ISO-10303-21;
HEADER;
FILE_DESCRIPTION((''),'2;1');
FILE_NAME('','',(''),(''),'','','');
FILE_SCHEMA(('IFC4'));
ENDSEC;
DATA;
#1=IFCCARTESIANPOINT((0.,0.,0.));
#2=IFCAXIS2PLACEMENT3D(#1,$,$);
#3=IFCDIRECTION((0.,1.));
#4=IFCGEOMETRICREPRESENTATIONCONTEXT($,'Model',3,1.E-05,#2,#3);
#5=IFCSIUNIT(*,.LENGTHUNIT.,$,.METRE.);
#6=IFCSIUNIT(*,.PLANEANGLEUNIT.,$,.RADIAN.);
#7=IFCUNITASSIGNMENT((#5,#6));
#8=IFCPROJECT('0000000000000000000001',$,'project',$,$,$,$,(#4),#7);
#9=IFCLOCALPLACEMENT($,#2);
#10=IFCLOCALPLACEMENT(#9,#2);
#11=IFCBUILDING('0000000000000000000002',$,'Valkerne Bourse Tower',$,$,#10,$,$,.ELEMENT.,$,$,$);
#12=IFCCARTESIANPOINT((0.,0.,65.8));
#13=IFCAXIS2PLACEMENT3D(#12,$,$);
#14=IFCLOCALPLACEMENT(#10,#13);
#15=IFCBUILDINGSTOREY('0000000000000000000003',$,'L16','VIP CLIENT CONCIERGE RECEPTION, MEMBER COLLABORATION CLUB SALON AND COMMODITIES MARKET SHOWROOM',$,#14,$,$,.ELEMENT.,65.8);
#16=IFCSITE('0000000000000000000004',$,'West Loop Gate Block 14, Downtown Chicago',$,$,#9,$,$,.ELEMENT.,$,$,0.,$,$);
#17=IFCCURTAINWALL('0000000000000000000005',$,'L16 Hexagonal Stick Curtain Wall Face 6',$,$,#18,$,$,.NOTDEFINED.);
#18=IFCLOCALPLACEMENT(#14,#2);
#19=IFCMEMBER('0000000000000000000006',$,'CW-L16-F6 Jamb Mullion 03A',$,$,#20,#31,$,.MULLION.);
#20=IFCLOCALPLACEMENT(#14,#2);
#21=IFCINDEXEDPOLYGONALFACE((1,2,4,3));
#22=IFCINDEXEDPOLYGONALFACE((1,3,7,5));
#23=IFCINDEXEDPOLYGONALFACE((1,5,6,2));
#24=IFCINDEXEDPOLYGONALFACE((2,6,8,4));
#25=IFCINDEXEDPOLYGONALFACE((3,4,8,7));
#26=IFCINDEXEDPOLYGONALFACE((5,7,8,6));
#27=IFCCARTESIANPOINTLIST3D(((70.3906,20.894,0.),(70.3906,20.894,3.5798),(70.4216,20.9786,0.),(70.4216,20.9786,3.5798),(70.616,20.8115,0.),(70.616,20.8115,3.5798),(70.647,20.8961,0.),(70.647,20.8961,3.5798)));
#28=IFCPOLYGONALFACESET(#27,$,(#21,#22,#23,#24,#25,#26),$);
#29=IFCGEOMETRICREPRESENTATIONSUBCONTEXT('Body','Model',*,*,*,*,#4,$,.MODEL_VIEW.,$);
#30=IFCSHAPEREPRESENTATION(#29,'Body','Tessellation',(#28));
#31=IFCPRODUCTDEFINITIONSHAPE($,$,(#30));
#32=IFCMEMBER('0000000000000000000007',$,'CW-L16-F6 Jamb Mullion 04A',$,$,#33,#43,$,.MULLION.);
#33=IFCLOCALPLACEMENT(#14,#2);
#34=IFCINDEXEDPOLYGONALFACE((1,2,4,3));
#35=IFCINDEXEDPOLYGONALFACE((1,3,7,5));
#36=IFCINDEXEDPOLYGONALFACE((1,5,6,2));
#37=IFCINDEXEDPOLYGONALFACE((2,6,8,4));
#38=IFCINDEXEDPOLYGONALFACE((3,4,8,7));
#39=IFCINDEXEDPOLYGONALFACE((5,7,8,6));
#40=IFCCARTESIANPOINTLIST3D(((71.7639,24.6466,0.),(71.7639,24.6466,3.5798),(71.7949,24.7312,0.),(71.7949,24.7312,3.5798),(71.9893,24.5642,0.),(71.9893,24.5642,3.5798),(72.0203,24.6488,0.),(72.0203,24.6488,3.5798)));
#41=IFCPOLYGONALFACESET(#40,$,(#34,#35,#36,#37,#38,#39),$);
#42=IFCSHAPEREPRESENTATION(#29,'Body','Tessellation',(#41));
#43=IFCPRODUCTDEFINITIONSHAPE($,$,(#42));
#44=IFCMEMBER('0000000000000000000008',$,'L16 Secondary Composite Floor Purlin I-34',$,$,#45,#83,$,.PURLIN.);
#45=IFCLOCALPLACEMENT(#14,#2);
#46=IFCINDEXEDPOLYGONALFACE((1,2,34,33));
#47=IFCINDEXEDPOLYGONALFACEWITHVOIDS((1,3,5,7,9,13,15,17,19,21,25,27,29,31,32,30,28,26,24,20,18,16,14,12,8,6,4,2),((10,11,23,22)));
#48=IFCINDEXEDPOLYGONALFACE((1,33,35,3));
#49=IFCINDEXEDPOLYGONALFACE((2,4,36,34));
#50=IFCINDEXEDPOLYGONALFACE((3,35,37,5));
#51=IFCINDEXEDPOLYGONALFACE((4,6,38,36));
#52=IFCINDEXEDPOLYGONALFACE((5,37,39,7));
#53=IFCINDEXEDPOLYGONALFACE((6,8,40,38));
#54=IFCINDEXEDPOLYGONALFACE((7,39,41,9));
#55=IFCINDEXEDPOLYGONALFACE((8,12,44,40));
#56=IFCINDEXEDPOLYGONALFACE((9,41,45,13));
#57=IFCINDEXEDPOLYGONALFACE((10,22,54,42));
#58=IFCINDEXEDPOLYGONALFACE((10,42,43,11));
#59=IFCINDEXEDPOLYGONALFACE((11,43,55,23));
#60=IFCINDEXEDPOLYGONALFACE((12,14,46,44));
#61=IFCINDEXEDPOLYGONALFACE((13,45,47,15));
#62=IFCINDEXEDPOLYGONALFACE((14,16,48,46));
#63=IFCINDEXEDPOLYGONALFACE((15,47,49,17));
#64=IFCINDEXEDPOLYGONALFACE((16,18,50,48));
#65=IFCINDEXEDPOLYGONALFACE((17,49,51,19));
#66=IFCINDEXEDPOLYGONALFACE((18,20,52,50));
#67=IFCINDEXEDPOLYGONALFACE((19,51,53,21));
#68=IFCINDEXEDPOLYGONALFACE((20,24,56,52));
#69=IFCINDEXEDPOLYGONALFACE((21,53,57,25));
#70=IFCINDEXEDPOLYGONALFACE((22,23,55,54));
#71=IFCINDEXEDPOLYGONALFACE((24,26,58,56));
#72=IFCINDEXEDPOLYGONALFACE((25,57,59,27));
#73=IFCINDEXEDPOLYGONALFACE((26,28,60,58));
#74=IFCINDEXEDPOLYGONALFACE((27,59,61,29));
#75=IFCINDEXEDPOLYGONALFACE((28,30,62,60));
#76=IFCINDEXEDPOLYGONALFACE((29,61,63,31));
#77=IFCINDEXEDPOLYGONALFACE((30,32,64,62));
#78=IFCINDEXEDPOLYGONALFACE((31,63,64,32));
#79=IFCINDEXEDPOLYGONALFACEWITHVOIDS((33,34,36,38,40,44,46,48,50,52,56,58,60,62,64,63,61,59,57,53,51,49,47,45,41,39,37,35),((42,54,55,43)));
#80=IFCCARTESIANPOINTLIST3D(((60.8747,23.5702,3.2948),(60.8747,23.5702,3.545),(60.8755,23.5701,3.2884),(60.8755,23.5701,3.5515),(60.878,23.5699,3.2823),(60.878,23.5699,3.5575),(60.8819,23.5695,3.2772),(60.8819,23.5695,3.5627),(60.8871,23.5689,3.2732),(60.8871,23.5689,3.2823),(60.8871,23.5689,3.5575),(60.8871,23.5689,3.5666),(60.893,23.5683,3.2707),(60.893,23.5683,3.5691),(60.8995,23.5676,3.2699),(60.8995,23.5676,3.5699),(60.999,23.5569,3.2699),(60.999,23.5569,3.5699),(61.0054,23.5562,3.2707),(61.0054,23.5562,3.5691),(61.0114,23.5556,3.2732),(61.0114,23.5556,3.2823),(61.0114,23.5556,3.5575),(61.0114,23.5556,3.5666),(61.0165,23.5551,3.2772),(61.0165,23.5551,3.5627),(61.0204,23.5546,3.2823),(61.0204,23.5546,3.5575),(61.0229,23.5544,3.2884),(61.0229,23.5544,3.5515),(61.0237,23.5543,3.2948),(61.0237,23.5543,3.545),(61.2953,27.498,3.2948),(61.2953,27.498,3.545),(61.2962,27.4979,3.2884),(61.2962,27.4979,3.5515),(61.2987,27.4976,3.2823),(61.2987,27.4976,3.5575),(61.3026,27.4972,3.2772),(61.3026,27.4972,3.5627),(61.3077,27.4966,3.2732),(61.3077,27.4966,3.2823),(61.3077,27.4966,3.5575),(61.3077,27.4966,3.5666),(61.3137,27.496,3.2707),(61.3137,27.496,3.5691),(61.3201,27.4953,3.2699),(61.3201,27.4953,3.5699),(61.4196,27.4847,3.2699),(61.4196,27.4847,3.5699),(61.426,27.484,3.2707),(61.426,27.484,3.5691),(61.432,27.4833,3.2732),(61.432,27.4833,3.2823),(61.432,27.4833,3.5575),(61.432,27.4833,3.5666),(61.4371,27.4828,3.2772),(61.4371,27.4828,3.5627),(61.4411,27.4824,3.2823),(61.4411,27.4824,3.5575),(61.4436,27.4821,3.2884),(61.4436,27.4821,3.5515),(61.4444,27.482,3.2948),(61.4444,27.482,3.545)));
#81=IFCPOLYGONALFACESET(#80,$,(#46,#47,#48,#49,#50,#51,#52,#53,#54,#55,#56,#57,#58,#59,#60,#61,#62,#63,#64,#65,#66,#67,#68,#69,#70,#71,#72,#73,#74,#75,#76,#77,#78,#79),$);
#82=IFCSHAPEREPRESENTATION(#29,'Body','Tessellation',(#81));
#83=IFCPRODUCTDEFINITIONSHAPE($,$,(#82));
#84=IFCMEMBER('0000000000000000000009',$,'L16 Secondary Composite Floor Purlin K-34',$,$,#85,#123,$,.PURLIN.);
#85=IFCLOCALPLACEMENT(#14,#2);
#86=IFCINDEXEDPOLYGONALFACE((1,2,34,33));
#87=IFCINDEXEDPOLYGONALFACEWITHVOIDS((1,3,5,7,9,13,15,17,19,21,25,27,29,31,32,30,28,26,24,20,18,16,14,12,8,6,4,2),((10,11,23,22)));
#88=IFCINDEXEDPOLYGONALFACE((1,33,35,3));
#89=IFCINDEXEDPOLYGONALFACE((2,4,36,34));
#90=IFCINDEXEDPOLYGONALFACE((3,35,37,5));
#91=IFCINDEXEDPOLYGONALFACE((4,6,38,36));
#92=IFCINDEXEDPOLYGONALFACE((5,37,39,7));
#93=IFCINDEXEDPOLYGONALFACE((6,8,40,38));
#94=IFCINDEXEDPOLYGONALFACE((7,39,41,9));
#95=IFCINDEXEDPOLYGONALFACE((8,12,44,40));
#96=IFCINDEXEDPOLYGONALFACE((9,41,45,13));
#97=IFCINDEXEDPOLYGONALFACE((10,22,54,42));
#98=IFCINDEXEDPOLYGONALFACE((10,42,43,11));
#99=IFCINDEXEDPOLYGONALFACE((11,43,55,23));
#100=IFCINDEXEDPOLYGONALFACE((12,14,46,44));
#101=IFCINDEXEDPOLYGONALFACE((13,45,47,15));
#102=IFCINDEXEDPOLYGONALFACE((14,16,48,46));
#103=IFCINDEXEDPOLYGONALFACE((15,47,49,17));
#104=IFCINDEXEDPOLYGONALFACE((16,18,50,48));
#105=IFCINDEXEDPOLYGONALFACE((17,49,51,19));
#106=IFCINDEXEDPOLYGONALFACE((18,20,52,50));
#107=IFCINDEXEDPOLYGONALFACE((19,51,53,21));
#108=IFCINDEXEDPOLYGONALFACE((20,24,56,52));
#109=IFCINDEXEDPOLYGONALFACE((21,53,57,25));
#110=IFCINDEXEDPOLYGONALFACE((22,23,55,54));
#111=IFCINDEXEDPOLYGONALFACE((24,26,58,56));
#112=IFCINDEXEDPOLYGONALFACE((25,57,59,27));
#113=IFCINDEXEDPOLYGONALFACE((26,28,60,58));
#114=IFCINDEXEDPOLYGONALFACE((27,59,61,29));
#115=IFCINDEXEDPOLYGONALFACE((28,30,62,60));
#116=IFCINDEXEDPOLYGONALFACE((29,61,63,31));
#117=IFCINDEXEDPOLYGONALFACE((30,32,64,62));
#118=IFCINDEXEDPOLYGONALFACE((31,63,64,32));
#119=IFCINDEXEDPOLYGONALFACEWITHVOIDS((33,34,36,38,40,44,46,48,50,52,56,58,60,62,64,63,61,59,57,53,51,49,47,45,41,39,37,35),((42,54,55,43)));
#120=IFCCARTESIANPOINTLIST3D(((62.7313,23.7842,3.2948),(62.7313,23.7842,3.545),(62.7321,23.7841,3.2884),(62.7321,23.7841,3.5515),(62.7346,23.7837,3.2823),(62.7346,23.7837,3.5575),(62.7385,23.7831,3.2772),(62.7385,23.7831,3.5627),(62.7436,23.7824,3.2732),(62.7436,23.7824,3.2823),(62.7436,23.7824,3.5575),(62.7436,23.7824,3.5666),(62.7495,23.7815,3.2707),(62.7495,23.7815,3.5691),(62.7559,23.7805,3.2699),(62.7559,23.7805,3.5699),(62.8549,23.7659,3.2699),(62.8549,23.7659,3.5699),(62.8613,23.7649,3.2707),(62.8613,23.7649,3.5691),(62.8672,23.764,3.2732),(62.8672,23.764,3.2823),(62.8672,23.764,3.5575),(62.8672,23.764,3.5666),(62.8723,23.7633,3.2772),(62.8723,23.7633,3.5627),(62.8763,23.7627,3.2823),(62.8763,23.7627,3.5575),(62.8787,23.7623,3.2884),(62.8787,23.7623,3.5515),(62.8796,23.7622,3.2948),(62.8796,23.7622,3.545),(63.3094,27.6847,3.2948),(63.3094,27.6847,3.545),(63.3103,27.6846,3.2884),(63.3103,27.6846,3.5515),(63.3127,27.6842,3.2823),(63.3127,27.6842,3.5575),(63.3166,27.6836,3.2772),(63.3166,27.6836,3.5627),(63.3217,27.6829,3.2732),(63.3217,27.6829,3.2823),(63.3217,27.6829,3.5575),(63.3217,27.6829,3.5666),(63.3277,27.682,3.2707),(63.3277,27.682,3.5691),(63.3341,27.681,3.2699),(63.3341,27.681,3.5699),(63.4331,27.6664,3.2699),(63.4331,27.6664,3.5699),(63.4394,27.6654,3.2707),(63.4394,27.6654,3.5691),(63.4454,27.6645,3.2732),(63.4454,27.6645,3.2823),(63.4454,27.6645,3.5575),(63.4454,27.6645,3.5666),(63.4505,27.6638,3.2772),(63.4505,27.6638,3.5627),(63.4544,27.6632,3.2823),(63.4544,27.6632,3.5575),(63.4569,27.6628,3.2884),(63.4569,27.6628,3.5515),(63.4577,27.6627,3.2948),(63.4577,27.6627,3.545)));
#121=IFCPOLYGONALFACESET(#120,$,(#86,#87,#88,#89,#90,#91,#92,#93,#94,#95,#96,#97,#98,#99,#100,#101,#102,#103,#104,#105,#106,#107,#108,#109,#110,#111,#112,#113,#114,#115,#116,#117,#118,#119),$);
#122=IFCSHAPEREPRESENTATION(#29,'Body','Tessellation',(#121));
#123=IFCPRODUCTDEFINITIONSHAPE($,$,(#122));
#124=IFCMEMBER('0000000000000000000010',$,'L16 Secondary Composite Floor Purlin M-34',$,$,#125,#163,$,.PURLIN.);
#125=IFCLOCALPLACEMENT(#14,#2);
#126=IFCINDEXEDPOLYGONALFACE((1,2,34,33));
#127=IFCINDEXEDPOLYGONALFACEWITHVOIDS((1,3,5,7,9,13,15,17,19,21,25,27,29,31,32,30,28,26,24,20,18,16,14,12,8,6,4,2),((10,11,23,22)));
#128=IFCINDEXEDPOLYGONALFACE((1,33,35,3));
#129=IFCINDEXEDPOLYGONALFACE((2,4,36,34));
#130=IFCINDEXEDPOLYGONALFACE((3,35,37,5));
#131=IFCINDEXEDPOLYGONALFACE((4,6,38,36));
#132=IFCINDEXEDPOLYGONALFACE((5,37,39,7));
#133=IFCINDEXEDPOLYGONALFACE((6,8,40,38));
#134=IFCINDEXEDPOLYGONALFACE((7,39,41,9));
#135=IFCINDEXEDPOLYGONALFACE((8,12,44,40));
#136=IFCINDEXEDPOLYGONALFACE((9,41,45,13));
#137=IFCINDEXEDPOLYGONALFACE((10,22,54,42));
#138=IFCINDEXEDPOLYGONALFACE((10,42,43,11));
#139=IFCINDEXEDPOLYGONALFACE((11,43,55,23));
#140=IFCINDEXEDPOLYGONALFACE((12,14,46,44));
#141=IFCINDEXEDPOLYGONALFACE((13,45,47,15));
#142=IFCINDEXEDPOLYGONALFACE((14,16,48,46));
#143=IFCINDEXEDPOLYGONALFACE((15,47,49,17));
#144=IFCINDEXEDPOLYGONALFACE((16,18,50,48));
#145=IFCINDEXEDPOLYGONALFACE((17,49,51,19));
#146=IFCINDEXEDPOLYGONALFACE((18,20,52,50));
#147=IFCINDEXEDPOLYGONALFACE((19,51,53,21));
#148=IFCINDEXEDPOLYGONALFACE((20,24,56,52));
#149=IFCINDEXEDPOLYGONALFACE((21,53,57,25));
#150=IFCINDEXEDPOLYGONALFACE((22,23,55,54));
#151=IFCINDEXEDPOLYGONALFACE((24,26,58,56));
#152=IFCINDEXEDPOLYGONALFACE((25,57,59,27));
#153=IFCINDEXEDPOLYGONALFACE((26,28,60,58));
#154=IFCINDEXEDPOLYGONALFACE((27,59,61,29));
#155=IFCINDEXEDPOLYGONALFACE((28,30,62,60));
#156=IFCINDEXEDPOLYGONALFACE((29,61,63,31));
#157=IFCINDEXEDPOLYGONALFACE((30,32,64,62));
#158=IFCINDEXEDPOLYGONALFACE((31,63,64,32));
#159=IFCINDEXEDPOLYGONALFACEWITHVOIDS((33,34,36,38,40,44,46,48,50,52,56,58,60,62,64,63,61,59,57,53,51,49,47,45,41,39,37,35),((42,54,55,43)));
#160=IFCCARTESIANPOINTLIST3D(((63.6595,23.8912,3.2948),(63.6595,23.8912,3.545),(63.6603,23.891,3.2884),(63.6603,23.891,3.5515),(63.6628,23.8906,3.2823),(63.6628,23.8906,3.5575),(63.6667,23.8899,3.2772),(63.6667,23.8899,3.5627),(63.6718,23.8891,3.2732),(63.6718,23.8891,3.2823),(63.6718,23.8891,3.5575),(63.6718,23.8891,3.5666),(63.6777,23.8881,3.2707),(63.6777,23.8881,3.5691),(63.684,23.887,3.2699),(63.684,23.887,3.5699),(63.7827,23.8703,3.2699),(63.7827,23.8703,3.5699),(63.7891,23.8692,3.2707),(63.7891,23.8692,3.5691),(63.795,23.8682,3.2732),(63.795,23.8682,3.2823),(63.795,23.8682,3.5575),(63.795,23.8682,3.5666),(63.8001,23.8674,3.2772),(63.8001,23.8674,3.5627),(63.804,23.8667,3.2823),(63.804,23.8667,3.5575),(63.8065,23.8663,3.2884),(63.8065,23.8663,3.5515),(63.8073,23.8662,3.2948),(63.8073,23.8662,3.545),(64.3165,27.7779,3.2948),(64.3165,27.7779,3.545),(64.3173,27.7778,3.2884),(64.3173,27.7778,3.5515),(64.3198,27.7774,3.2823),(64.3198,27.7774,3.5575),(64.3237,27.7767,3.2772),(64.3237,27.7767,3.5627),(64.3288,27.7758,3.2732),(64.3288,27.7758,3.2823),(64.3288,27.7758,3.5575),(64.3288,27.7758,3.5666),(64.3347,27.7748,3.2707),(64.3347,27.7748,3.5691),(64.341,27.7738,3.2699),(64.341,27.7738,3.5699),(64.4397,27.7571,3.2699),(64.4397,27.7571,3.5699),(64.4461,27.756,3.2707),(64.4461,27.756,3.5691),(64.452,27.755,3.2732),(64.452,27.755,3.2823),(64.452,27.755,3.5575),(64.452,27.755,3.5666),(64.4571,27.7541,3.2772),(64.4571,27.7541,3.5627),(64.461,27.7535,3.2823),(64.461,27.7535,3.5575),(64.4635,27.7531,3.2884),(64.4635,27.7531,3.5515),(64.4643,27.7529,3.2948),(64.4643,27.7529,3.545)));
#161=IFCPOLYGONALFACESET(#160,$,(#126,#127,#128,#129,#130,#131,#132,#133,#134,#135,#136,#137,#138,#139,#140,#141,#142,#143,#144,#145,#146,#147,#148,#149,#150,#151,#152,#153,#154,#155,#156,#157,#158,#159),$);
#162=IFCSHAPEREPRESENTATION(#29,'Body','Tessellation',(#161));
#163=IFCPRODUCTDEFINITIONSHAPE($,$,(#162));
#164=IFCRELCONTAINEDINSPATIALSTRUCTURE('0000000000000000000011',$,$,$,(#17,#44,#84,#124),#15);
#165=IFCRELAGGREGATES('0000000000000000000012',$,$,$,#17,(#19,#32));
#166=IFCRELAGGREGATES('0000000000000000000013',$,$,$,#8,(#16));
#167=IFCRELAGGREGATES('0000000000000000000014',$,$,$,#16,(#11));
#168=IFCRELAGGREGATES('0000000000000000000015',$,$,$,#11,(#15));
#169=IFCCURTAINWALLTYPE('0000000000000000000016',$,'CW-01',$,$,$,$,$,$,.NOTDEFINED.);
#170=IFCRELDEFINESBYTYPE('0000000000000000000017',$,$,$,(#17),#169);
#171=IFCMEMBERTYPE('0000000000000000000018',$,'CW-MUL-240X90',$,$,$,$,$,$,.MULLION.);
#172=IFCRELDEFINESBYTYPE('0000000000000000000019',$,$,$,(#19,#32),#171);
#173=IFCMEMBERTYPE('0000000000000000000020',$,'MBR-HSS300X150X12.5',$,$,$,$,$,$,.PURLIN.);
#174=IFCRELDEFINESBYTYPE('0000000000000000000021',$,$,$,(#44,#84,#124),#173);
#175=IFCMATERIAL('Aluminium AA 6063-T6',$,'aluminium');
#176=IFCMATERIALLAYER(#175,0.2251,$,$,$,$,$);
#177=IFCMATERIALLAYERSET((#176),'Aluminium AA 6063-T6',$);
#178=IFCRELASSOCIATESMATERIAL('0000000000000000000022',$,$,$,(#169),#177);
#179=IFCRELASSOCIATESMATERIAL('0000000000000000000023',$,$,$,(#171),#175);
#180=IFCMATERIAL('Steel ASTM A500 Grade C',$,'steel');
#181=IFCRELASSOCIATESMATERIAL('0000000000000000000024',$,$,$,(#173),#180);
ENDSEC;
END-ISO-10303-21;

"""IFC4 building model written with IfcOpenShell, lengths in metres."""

from ifc_helpers import new_model, si_unit, direction, frame, origin, origin_2d, place, context, subcontext, project, spatial, rectangle, hollow_rectangle, extrude, material, layer, layer_set, material_profile, profile_set, type_object, element, aggregate, save


model = new_model("IFC4")

# Units and contexts
model_context = context("Model", 3, precision=1e-05, world=origin(), true_north=direction((0.0, 1.0)))
body_context = subcontext(model_context, "Body", "Model", "MODEL_VIEW")
ifc_project = project(units=[si_unit("LENGTHUNIT", "METRE"), si_unit("PLANEANGLEUNIT", "RADIAN")], contexts=[model_context])

# Site, building, storey
site_placement = place(None, origin())
site = spatial("IfcSite", under=ifc_project, at=site_placement, Name="West Loop Gate Block 14, Downtown Chicago", CompositionType="ELEMENT", RefElevation=0.0)
building_placement = place(site_placement, origin())
building = spatial("IfcBuilding", under=site, at=building_placement, Name="Valkerne Bourse Tower", CompositionType="ELEMENT")
storey_placement = place(building_placement, frame((0.0, 0.0, 65.8)))
storey = spatial("IfcBuildingStorey", under=building, at=storey_placement, Name="L16", Description="VIP CLIENT CONCIERGE RECEPTION, MEMBER COLLABORATION CLUB SALON AND COMMODITIES MARKET SHOWROOM", CompositionType="ELEMENT", Elevation=65.8)

# Curtain wall, members
ifc_material_1 = material(Name="Aluminium AA 6063-T6", Category="aluminium")
ifc_layer_1 = layer(ifc_material_1, 0.2251)
ifc_layer_set_1 = layer_set([ifc_layer_1], Name="Aluminium AA 6063-T6")
curtain_wall_type = type_object("IfcCurtainWallType", Name="CW-01", PredefinedType="NOTDEFINED", material=ifc_layer_set_1)
curtain_wall_placement = place(storey_placement, origin())
curtain_wall = element("IfcCurtainWall", 1, at=curtain_wall_placement, inside=storey, type_object=curtain_wall_type, Name="L16 Hexagonal Stick Curtain Wall Face 6", PredefinedType="NOTDEFINED")
ifc_material_profile_1 = material_profile(ifc_material_1, rectangle(XDim=0.0901, YDim=0.24, at=origin_2d()), Name="CWM-90X240")
ifc_profile_set_1 = profile_set([ifc_material_profile_1], Name="Aluminium AA 6063-T6")
member_type_1 = type_object("IfcMemberType", Name="CW-MUL-240X90", PredefinedType="MULLION", material=ifc_profile_set_1)
member_1_placement = place(storey_placement, frame((70.5188, 20.895, 0.0), z_axis=(0.0, 0.0, 1.0), x_axis=(0.343669, 0.939091, 0.0)))
member_1 = element("IfcMember", 2, at=member_1_placement, type_object=member_type_1, Name="CW-L16-F6 Jamb Mullion 03A", PredefinedType="MULLION", context=body_context, shape_type="SweptSolid", body=[
    extrude(rectangle(XDim=0.0901, YDim=0.24, at=origin_2d()), origin(), (0.0, 0.0, 1.0), 3.5798),
])
member_2_placement = place(storey_placement, frame((71.8921, 24.6477, 0.0), z_axis=(0.0, 0.0, 1.0), x_axis=(0.343661, 0.939094, 0.0)))
member_2 = element("IfcMember", 3, at=member_2_placement, type_object=member_type_1, Name="CW-L16-F6 Jamb Mullion 04A", PredefinedType="MULLION", context=body_context, shape_type="SweptSolid", body=[
    extrude(rectangle(XDim=0.0901, YDim=0.24, at=origin_2d()), origin(), (0.0, 0.0, 1.0), 3.5798),
])

# Members
ifc_material_2 = material(Name="Steel ASTM A500 Grade C", Category="steel")
ifc_material_profile_2 = material_profile(ifc_material_2, hollow_rectangle(XDim=0.1499, YDim=0.3, WallThickness=0.0125, OuterFilletRadius=0.0249, at=origin_2d()), Name="HSS300X150X12.5")
ifc_profile_set_2 = profile_set([ifc_material_profile_2], Name="Steel ASTM A500 Grade C")
member_type_2 = type_object("IfcMemberType", Name="MBR-HSS300X150X12.5", PredefinedType="PURLIN", material=ifc_profile_set_2)
member_3_placement = place(storey_placement, frame((60.9492, 23.5623, 3.4199), z_axis=(0.106489, 0.994314, 0.0), x_axis=(-0.994314, 0.106489, 0.0)))
element("IfcMember", 4, at=member_3_placement, inside=storey, type_object=member_type_2, Name="L16 Secondary Composite Floor Purlin I-34", PredefinedType="PURLIN", context=body_context, shape_type="SweptSolid", body=[
    extrude(hollow_rectangle(XDim=0.1499, YDim=0.3, WallThickness=0.0125, OuterFilletRadius=0.0249, at=origin_2d()), origin(), (0.0, 0.0, 1.0), 3.9502),
])
member_4_placement = place(storey_placement, frame((62.8054, 23.7732, 3.4199), z_axis=(0.14662, 0.989193, 0.0), x_axis=(-0.989193, 0.14662, 0.0)))
element("IfcMember", 5, at=member_4_placement, inside=storey, type_object=member_type_2, Name="L16 Secondary Composite Floor Purlin K-34", PredefinedType="PURLIN", context=body_context, shape_type="SweptSolid", body=[
    extrude(hollow_rectangle(XDim=0.1499, YDim=0.3, WallThickness=0.0125, OuterFilletRadius=0.0249, at=origin_2d()), origin(), (0.0, 0.0, 1.0), 3.9431),
])
member_5_placement = place(storey_placement, frame((63.7334, 23.8787, 3.4199), z_axis=(0.166668, 0.986013, 0.0), x_axis=(-0.986013, 0.166668, 0.0)))
element("IfcMember", 6, at=member_5_placement, inside=storey, type_object=member_type_2, Name="L16 Secondary Composite Floor Purlin M-34", PredefinedType="PURLIN", context=body_context, shape_type="SweptSolid", body=[
    extrude(hollow_rectangle(XDim=0.1499, YDim=0.3, WallThickness=0.0125, OuterFilletRadius=0.0249, at=origin_2d()), origin(), (0.0, 0.0, 1.0), 3.9419),
])

aggregate(curtain_wall, [member_1, member_2])

save(model, "model.ifc")
